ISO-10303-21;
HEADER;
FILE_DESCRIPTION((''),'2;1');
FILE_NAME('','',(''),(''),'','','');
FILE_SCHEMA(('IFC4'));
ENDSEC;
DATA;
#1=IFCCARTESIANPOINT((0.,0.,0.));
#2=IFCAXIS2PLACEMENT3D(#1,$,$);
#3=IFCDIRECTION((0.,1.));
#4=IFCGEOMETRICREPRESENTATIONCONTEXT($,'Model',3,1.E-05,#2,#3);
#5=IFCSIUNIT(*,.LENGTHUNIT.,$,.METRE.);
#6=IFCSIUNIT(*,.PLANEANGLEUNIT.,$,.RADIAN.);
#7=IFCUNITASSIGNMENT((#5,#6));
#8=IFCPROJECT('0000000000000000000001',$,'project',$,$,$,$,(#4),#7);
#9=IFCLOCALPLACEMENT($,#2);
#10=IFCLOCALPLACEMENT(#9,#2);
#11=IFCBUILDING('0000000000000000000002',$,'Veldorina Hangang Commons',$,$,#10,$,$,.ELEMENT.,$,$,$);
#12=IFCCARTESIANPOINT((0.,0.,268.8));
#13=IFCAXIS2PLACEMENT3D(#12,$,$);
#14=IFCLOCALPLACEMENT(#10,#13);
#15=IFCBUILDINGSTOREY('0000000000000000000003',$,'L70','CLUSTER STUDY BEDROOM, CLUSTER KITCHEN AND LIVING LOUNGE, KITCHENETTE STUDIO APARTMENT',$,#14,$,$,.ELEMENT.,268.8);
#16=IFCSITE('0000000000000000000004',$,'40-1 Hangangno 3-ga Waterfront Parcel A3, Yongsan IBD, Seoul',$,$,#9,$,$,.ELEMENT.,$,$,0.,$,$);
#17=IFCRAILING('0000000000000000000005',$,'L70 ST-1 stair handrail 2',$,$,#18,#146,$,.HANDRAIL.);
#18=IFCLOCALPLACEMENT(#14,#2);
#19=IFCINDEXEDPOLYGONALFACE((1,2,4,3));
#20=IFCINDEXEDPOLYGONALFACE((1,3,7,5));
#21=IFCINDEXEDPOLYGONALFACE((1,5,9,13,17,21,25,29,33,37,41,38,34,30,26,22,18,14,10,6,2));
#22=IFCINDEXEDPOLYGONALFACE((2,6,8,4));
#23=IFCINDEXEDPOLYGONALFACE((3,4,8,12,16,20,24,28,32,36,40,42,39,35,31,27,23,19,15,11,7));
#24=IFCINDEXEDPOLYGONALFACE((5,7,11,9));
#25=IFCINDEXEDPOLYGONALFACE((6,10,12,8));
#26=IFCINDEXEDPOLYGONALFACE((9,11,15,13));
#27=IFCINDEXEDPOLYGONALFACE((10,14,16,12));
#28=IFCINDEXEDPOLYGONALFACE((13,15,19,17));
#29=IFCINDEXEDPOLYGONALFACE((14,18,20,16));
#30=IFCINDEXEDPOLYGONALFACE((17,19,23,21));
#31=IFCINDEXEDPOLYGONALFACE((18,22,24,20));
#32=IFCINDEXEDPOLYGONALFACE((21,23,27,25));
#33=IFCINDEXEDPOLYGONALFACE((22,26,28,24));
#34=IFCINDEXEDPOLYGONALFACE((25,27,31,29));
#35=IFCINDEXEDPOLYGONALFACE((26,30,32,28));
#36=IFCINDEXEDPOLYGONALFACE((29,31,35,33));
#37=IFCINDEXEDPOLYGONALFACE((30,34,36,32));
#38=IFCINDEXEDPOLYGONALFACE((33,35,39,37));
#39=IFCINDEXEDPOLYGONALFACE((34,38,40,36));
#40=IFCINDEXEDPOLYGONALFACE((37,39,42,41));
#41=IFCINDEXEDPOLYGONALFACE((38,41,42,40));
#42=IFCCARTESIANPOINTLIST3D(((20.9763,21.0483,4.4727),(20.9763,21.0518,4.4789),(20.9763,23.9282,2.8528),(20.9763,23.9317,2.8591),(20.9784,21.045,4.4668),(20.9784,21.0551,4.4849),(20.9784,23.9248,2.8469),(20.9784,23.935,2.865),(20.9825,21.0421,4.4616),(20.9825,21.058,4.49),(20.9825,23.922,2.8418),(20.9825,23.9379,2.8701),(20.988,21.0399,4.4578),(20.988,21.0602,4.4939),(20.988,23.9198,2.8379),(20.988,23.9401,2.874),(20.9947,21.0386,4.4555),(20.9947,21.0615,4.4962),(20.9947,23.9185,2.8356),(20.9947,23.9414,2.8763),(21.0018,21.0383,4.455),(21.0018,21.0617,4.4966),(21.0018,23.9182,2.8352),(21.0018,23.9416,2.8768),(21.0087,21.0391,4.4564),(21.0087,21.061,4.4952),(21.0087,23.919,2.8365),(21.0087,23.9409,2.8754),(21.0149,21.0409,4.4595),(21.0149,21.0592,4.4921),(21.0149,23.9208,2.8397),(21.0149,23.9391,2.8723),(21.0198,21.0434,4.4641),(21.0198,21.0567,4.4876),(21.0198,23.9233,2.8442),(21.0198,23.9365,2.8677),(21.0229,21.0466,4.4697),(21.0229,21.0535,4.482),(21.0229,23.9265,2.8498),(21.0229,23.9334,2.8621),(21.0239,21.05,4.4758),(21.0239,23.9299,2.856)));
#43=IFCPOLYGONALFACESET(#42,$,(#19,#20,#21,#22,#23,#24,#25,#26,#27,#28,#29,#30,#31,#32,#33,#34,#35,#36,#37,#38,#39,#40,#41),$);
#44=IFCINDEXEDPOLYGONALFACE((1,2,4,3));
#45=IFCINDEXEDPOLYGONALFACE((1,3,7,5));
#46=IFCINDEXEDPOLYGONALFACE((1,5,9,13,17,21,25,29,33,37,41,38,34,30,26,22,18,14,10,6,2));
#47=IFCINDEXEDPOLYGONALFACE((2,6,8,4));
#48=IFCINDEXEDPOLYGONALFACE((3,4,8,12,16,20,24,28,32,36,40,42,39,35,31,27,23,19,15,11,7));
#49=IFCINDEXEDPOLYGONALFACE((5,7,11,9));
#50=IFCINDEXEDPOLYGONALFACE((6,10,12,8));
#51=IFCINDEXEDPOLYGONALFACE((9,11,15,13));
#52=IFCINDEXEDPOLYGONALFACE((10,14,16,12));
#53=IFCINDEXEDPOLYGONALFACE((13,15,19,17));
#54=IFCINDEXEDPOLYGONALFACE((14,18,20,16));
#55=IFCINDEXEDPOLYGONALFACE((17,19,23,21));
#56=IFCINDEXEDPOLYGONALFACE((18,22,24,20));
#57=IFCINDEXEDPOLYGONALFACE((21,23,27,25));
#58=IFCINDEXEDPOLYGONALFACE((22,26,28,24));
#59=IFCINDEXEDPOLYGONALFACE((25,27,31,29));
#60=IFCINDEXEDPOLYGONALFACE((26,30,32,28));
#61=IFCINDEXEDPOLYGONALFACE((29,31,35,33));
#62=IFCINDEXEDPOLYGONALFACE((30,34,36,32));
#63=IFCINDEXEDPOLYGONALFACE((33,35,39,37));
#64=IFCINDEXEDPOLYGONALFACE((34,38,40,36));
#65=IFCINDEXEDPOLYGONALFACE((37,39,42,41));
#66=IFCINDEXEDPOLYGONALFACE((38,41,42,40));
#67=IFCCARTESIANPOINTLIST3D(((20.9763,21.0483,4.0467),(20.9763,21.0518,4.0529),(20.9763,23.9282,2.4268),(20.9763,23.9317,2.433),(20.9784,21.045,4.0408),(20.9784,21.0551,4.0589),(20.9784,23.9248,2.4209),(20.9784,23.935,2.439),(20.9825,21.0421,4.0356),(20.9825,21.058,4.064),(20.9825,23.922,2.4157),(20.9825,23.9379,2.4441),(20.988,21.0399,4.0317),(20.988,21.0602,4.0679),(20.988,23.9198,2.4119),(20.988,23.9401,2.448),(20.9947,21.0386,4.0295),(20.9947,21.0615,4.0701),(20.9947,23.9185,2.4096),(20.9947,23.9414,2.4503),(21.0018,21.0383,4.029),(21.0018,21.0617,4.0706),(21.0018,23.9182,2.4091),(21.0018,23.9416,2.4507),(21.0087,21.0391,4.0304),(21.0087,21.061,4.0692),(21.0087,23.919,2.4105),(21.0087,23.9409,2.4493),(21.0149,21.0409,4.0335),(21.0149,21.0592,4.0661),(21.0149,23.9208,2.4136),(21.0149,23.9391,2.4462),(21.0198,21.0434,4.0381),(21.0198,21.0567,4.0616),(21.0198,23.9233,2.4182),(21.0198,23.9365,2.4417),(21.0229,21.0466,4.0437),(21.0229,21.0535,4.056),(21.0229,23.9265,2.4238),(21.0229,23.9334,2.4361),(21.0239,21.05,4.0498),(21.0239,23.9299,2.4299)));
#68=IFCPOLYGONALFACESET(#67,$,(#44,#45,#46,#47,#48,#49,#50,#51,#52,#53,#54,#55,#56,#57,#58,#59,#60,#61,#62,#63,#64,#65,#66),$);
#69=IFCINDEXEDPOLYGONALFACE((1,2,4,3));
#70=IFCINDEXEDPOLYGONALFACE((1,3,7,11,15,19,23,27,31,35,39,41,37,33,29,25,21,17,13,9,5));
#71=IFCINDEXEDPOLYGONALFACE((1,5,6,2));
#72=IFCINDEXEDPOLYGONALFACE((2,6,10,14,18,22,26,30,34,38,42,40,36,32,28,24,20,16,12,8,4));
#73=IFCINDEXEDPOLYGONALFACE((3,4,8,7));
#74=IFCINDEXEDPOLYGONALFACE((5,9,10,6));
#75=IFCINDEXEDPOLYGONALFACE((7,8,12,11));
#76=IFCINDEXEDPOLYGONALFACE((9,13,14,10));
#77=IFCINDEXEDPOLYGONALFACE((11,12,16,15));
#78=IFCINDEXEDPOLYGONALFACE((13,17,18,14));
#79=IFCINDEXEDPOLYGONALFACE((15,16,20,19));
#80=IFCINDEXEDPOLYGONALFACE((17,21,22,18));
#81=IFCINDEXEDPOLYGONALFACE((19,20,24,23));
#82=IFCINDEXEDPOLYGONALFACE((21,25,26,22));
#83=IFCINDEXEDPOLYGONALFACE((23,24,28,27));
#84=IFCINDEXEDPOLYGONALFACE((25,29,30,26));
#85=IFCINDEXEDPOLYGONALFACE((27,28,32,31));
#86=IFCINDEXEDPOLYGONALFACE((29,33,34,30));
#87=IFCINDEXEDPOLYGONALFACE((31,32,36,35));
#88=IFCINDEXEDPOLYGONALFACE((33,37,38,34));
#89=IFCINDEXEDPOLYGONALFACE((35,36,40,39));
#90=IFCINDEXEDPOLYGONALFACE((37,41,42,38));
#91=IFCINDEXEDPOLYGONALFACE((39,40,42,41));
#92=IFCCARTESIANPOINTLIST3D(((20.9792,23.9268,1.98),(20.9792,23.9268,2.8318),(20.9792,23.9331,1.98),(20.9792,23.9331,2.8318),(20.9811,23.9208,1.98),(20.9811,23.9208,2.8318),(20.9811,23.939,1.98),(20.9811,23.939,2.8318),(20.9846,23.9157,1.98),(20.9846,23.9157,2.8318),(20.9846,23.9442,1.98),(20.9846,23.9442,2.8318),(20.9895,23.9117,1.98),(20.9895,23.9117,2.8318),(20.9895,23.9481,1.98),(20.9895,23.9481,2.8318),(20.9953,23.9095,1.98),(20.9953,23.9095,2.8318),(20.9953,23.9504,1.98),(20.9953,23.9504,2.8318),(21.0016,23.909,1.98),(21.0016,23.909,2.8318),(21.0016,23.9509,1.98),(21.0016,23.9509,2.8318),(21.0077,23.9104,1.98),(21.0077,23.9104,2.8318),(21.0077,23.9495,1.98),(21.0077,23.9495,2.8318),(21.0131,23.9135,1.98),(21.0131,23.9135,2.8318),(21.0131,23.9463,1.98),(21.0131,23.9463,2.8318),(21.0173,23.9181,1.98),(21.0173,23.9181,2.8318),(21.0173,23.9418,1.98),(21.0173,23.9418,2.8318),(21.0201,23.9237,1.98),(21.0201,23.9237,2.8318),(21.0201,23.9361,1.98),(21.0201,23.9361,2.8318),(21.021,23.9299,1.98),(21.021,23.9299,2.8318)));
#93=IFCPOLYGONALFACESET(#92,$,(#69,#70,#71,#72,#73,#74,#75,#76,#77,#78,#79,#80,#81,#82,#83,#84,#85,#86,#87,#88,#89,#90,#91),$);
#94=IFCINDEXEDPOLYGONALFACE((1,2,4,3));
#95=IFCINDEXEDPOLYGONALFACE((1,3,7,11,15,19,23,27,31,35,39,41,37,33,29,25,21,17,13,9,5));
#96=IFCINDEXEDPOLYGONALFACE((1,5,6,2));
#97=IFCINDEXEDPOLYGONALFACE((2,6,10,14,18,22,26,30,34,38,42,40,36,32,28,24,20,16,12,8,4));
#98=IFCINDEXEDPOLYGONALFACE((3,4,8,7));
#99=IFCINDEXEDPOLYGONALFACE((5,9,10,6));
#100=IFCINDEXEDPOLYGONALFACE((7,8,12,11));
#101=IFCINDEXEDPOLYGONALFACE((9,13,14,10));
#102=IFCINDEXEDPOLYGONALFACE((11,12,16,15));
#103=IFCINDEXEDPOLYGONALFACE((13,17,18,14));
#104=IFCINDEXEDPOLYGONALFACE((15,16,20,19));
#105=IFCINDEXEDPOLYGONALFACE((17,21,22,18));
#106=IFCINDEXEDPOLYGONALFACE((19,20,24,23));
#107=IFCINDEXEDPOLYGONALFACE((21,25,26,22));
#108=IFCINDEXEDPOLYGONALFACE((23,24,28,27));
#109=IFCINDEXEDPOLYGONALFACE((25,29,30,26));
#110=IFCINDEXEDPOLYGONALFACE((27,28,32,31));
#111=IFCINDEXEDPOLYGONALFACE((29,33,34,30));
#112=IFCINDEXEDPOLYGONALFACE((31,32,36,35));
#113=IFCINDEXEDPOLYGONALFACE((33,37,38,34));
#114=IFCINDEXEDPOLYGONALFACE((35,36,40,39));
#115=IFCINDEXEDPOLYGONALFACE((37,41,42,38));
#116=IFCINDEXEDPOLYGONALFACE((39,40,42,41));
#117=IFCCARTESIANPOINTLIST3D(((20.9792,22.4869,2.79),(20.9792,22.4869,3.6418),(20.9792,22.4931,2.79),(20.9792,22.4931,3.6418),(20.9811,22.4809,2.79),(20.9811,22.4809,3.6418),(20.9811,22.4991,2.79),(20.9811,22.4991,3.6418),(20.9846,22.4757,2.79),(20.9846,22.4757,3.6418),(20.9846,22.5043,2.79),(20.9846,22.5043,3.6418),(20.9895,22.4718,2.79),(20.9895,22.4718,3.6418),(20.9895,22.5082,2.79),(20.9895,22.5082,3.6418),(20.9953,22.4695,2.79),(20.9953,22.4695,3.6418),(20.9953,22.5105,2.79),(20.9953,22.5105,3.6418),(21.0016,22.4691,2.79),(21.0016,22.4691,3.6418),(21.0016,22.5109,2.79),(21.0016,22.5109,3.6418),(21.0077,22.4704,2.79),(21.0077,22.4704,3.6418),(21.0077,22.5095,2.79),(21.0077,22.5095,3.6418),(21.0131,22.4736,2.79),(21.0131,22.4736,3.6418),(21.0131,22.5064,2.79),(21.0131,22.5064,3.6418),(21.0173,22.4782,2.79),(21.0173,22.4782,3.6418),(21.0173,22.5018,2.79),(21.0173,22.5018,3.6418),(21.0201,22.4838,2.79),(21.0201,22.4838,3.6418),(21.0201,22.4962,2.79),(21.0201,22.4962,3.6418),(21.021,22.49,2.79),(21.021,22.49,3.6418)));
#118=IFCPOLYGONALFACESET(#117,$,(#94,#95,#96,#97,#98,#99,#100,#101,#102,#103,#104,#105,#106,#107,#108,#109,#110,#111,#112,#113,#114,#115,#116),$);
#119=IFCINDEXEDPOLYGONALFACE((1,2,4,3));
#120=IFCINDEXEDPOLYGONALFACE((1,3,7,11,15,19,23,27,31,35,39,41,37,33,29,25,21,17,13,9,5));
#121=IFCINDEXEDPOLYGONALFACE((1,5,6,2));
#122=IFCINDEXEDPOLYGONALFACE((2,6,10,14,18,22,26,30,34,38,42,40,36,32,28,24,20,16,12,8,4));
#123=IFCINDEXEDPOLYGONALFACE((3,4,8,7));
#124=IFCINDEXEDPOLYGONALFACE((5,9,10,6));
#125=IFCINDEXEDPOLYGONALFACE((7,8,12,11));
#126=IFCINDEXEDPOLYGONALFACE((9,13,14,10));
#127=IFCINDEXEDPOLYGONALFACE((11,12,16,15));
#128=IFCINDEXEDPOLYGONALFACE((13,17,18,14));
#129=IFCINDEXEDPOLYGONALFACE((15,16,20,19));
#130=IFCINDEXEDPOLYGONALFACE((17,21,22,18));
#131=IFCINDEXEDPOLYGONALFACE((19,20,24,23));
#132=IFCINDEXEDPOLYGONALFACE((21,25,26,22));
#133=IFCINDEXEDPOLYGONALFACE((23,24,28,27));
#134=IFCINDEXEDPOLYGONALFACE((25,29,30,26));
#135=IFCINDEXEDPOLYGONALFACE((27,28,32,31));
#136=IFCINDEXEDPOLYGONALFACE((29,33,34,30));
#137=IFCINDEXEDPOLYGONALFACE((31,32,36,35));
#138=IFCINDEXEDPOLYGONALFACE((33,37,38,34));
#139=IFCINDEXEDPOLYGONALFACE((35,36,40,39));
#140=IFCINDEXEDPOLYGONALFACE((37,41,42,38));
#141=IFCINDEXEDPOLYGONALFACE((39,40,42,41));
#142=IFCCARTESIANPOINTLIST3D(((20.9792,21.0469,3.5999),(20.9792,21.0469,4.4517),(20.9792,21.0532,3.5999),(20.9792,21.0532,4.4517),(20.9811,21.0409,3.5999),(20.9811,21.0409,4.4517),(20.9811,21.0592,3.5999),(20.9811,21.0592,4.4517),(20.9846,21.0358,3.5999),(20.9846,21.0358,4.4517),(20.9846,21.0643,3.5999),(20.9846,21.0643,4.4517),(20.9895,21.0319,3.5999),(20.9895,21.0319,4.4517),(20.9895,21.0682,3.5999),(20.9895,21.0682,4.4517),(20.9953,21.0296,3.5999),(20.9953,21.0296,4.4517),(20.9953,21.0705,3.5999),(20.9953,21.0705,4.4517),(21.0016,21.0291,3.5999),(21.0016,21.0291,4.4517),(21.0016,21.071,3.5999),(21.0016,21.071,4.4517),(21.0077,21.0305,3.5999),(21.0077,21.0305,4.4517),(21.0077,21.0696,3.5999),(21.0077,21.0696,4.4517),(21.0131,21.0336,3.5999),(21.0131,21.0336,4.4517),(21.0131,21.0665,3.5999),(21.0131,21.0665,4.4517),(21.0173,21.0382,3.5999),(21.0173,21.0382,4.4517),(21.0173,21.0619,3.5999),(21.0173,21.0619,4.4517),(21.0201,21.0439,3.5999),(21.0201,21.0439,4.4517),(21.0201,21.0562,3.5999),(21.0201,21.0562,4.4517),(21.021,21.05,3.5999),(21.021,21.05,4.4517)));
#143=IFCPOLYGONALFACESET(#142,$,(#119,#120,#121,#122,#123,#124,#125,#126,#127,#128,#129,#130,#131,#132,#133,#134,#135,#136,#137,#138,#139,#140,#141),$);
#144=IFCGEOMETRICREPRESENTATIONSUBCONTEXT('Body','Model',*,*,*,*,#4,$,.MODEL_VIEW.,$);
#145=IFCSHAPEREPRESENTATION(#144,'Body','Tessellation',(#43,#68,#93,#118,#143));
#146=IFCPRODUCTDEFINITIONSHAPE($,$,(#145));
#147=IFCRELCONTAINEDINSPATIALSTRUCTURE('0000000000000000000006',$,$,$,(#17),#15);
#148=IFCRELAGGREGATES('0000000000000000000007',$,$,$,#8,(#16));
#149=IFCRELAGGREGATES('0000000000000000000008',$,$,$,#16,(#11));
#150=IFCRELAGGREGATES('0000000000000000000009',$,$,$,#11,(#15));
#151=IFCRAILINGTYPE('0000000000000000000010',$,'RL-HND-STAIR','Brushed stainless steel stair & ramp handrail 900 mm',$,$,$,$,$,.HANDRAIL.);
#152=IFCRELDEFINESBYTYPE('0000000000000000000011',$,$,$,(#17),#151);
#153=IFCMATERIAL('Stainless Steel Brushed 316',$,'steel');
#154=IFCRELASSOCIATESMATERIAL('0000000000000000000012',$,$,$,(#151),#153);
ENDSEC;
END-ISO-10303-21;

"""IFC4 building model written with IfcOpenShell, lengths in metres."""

from ifc_helpers import new_model, si_unit, direction, frame, origin, origin_2d, place, context, subcontext, project, spatial, circle, extrude, material, type_object, element, save


model = new_model("IFC4")

# Units and contexts
model_context = context("Model", 3, precision=1e-05, world=origin(), true_north=direction((0.0, 1.0)))
body_context = subcontext(model_context, "Body", "Model", "MODEL_VIEW")
ifc_project = project(units=[si_unit("LENGTHUNIT", "METRE"), si_unit("PLANEANGLEUNIT", "RADIAN")], contexts=[model_context])

# Site, building, storey
site_placement = place(None, origin())
site = spatial("IfcSite", under=ifc_project, at=site_placement, Name="40-1 Hangangno 3-ga Waterfront Parcel A3, Yongsan IBD, Seoul", CompositionType="ELEMENT", RefElevation=0.0)
building_placement = place(site_placement, origin())
building = spatial("IfcBuilding", under=site, at=building_placement, Name="Veldorina Hangang Commons", CompositionType="ELEMENT")
storey_placement = place(building_placement, frame((0.0, 0.0, 268.8)))
storey = spatial("IfcBuildingStorey", under=building, at=storey_placement, Name="L70", Description="CLUSTER STUDY BEDROOM, CLUSTER KITCHEN AND LIVING LOUNGE, KITCHENETTE STUDIO APARTMENT", CompositionType="ELEMENT", Elevation=268.8)

# Railing
ifc_material_1 = material(Name="Stainless Steel Brushed 316", Category="steel")
railing_type_1 = type_object("IfcRailingType", Name="RL-HND-STAIR", Description="Brushed stainless steel stair & ramp handrail 900 mm", PredefinedType="HANDRAIL", material=ifc_material_1)
railing_1_placement = place(storey_placement, frame((21.0, 23.9299, 1.98)))
element("IfcRailing", 1, at=railing_1_placement, inside=storey, type_object=railing_type_1, Name="L70 ST-1 stair handrail 2", PredefinedType="HANDRAIL", context=body_context, shape_type="SweptSolid", body=[
    extrude(circle(Radius=0.0239, at=origin_2d()), frame((0.0, 0.0, 0.876), z_axis=(0.0, -0.871583, 0.490247), x_axis=(1.0, 0.0, 0.0)), (0.0, 0.0, 1.0), 3.3042),
    extrude(circle(Radius=0.0239, at=origin_2d()), frame((0.0, 0.0, 0.45), z_axis=(0.0, -0.871583, 0.490247), x_axis=(1.0, 0.0, 0.0)), (0.0, 0.0, 1.0), 3.3042),
    extrude(circle(Radius=0.021, at=origin_2d()), origin(), (0.0, 0.0, 1.0), 0.8518),
    extrude(circle(Radius=0.021, at=origin_2d()), frame((0.0, -1.4399, 0.8101)), (0.0, 0.0, 1.0), 0.8518),
    extrude(circle(Radius=0.021, at=origin_2d()), frame((0.0, -2.8799, 1.6199)), (0.0, 0.0, 1.0), 0.8518),
])

save(model, "model.ifc")
